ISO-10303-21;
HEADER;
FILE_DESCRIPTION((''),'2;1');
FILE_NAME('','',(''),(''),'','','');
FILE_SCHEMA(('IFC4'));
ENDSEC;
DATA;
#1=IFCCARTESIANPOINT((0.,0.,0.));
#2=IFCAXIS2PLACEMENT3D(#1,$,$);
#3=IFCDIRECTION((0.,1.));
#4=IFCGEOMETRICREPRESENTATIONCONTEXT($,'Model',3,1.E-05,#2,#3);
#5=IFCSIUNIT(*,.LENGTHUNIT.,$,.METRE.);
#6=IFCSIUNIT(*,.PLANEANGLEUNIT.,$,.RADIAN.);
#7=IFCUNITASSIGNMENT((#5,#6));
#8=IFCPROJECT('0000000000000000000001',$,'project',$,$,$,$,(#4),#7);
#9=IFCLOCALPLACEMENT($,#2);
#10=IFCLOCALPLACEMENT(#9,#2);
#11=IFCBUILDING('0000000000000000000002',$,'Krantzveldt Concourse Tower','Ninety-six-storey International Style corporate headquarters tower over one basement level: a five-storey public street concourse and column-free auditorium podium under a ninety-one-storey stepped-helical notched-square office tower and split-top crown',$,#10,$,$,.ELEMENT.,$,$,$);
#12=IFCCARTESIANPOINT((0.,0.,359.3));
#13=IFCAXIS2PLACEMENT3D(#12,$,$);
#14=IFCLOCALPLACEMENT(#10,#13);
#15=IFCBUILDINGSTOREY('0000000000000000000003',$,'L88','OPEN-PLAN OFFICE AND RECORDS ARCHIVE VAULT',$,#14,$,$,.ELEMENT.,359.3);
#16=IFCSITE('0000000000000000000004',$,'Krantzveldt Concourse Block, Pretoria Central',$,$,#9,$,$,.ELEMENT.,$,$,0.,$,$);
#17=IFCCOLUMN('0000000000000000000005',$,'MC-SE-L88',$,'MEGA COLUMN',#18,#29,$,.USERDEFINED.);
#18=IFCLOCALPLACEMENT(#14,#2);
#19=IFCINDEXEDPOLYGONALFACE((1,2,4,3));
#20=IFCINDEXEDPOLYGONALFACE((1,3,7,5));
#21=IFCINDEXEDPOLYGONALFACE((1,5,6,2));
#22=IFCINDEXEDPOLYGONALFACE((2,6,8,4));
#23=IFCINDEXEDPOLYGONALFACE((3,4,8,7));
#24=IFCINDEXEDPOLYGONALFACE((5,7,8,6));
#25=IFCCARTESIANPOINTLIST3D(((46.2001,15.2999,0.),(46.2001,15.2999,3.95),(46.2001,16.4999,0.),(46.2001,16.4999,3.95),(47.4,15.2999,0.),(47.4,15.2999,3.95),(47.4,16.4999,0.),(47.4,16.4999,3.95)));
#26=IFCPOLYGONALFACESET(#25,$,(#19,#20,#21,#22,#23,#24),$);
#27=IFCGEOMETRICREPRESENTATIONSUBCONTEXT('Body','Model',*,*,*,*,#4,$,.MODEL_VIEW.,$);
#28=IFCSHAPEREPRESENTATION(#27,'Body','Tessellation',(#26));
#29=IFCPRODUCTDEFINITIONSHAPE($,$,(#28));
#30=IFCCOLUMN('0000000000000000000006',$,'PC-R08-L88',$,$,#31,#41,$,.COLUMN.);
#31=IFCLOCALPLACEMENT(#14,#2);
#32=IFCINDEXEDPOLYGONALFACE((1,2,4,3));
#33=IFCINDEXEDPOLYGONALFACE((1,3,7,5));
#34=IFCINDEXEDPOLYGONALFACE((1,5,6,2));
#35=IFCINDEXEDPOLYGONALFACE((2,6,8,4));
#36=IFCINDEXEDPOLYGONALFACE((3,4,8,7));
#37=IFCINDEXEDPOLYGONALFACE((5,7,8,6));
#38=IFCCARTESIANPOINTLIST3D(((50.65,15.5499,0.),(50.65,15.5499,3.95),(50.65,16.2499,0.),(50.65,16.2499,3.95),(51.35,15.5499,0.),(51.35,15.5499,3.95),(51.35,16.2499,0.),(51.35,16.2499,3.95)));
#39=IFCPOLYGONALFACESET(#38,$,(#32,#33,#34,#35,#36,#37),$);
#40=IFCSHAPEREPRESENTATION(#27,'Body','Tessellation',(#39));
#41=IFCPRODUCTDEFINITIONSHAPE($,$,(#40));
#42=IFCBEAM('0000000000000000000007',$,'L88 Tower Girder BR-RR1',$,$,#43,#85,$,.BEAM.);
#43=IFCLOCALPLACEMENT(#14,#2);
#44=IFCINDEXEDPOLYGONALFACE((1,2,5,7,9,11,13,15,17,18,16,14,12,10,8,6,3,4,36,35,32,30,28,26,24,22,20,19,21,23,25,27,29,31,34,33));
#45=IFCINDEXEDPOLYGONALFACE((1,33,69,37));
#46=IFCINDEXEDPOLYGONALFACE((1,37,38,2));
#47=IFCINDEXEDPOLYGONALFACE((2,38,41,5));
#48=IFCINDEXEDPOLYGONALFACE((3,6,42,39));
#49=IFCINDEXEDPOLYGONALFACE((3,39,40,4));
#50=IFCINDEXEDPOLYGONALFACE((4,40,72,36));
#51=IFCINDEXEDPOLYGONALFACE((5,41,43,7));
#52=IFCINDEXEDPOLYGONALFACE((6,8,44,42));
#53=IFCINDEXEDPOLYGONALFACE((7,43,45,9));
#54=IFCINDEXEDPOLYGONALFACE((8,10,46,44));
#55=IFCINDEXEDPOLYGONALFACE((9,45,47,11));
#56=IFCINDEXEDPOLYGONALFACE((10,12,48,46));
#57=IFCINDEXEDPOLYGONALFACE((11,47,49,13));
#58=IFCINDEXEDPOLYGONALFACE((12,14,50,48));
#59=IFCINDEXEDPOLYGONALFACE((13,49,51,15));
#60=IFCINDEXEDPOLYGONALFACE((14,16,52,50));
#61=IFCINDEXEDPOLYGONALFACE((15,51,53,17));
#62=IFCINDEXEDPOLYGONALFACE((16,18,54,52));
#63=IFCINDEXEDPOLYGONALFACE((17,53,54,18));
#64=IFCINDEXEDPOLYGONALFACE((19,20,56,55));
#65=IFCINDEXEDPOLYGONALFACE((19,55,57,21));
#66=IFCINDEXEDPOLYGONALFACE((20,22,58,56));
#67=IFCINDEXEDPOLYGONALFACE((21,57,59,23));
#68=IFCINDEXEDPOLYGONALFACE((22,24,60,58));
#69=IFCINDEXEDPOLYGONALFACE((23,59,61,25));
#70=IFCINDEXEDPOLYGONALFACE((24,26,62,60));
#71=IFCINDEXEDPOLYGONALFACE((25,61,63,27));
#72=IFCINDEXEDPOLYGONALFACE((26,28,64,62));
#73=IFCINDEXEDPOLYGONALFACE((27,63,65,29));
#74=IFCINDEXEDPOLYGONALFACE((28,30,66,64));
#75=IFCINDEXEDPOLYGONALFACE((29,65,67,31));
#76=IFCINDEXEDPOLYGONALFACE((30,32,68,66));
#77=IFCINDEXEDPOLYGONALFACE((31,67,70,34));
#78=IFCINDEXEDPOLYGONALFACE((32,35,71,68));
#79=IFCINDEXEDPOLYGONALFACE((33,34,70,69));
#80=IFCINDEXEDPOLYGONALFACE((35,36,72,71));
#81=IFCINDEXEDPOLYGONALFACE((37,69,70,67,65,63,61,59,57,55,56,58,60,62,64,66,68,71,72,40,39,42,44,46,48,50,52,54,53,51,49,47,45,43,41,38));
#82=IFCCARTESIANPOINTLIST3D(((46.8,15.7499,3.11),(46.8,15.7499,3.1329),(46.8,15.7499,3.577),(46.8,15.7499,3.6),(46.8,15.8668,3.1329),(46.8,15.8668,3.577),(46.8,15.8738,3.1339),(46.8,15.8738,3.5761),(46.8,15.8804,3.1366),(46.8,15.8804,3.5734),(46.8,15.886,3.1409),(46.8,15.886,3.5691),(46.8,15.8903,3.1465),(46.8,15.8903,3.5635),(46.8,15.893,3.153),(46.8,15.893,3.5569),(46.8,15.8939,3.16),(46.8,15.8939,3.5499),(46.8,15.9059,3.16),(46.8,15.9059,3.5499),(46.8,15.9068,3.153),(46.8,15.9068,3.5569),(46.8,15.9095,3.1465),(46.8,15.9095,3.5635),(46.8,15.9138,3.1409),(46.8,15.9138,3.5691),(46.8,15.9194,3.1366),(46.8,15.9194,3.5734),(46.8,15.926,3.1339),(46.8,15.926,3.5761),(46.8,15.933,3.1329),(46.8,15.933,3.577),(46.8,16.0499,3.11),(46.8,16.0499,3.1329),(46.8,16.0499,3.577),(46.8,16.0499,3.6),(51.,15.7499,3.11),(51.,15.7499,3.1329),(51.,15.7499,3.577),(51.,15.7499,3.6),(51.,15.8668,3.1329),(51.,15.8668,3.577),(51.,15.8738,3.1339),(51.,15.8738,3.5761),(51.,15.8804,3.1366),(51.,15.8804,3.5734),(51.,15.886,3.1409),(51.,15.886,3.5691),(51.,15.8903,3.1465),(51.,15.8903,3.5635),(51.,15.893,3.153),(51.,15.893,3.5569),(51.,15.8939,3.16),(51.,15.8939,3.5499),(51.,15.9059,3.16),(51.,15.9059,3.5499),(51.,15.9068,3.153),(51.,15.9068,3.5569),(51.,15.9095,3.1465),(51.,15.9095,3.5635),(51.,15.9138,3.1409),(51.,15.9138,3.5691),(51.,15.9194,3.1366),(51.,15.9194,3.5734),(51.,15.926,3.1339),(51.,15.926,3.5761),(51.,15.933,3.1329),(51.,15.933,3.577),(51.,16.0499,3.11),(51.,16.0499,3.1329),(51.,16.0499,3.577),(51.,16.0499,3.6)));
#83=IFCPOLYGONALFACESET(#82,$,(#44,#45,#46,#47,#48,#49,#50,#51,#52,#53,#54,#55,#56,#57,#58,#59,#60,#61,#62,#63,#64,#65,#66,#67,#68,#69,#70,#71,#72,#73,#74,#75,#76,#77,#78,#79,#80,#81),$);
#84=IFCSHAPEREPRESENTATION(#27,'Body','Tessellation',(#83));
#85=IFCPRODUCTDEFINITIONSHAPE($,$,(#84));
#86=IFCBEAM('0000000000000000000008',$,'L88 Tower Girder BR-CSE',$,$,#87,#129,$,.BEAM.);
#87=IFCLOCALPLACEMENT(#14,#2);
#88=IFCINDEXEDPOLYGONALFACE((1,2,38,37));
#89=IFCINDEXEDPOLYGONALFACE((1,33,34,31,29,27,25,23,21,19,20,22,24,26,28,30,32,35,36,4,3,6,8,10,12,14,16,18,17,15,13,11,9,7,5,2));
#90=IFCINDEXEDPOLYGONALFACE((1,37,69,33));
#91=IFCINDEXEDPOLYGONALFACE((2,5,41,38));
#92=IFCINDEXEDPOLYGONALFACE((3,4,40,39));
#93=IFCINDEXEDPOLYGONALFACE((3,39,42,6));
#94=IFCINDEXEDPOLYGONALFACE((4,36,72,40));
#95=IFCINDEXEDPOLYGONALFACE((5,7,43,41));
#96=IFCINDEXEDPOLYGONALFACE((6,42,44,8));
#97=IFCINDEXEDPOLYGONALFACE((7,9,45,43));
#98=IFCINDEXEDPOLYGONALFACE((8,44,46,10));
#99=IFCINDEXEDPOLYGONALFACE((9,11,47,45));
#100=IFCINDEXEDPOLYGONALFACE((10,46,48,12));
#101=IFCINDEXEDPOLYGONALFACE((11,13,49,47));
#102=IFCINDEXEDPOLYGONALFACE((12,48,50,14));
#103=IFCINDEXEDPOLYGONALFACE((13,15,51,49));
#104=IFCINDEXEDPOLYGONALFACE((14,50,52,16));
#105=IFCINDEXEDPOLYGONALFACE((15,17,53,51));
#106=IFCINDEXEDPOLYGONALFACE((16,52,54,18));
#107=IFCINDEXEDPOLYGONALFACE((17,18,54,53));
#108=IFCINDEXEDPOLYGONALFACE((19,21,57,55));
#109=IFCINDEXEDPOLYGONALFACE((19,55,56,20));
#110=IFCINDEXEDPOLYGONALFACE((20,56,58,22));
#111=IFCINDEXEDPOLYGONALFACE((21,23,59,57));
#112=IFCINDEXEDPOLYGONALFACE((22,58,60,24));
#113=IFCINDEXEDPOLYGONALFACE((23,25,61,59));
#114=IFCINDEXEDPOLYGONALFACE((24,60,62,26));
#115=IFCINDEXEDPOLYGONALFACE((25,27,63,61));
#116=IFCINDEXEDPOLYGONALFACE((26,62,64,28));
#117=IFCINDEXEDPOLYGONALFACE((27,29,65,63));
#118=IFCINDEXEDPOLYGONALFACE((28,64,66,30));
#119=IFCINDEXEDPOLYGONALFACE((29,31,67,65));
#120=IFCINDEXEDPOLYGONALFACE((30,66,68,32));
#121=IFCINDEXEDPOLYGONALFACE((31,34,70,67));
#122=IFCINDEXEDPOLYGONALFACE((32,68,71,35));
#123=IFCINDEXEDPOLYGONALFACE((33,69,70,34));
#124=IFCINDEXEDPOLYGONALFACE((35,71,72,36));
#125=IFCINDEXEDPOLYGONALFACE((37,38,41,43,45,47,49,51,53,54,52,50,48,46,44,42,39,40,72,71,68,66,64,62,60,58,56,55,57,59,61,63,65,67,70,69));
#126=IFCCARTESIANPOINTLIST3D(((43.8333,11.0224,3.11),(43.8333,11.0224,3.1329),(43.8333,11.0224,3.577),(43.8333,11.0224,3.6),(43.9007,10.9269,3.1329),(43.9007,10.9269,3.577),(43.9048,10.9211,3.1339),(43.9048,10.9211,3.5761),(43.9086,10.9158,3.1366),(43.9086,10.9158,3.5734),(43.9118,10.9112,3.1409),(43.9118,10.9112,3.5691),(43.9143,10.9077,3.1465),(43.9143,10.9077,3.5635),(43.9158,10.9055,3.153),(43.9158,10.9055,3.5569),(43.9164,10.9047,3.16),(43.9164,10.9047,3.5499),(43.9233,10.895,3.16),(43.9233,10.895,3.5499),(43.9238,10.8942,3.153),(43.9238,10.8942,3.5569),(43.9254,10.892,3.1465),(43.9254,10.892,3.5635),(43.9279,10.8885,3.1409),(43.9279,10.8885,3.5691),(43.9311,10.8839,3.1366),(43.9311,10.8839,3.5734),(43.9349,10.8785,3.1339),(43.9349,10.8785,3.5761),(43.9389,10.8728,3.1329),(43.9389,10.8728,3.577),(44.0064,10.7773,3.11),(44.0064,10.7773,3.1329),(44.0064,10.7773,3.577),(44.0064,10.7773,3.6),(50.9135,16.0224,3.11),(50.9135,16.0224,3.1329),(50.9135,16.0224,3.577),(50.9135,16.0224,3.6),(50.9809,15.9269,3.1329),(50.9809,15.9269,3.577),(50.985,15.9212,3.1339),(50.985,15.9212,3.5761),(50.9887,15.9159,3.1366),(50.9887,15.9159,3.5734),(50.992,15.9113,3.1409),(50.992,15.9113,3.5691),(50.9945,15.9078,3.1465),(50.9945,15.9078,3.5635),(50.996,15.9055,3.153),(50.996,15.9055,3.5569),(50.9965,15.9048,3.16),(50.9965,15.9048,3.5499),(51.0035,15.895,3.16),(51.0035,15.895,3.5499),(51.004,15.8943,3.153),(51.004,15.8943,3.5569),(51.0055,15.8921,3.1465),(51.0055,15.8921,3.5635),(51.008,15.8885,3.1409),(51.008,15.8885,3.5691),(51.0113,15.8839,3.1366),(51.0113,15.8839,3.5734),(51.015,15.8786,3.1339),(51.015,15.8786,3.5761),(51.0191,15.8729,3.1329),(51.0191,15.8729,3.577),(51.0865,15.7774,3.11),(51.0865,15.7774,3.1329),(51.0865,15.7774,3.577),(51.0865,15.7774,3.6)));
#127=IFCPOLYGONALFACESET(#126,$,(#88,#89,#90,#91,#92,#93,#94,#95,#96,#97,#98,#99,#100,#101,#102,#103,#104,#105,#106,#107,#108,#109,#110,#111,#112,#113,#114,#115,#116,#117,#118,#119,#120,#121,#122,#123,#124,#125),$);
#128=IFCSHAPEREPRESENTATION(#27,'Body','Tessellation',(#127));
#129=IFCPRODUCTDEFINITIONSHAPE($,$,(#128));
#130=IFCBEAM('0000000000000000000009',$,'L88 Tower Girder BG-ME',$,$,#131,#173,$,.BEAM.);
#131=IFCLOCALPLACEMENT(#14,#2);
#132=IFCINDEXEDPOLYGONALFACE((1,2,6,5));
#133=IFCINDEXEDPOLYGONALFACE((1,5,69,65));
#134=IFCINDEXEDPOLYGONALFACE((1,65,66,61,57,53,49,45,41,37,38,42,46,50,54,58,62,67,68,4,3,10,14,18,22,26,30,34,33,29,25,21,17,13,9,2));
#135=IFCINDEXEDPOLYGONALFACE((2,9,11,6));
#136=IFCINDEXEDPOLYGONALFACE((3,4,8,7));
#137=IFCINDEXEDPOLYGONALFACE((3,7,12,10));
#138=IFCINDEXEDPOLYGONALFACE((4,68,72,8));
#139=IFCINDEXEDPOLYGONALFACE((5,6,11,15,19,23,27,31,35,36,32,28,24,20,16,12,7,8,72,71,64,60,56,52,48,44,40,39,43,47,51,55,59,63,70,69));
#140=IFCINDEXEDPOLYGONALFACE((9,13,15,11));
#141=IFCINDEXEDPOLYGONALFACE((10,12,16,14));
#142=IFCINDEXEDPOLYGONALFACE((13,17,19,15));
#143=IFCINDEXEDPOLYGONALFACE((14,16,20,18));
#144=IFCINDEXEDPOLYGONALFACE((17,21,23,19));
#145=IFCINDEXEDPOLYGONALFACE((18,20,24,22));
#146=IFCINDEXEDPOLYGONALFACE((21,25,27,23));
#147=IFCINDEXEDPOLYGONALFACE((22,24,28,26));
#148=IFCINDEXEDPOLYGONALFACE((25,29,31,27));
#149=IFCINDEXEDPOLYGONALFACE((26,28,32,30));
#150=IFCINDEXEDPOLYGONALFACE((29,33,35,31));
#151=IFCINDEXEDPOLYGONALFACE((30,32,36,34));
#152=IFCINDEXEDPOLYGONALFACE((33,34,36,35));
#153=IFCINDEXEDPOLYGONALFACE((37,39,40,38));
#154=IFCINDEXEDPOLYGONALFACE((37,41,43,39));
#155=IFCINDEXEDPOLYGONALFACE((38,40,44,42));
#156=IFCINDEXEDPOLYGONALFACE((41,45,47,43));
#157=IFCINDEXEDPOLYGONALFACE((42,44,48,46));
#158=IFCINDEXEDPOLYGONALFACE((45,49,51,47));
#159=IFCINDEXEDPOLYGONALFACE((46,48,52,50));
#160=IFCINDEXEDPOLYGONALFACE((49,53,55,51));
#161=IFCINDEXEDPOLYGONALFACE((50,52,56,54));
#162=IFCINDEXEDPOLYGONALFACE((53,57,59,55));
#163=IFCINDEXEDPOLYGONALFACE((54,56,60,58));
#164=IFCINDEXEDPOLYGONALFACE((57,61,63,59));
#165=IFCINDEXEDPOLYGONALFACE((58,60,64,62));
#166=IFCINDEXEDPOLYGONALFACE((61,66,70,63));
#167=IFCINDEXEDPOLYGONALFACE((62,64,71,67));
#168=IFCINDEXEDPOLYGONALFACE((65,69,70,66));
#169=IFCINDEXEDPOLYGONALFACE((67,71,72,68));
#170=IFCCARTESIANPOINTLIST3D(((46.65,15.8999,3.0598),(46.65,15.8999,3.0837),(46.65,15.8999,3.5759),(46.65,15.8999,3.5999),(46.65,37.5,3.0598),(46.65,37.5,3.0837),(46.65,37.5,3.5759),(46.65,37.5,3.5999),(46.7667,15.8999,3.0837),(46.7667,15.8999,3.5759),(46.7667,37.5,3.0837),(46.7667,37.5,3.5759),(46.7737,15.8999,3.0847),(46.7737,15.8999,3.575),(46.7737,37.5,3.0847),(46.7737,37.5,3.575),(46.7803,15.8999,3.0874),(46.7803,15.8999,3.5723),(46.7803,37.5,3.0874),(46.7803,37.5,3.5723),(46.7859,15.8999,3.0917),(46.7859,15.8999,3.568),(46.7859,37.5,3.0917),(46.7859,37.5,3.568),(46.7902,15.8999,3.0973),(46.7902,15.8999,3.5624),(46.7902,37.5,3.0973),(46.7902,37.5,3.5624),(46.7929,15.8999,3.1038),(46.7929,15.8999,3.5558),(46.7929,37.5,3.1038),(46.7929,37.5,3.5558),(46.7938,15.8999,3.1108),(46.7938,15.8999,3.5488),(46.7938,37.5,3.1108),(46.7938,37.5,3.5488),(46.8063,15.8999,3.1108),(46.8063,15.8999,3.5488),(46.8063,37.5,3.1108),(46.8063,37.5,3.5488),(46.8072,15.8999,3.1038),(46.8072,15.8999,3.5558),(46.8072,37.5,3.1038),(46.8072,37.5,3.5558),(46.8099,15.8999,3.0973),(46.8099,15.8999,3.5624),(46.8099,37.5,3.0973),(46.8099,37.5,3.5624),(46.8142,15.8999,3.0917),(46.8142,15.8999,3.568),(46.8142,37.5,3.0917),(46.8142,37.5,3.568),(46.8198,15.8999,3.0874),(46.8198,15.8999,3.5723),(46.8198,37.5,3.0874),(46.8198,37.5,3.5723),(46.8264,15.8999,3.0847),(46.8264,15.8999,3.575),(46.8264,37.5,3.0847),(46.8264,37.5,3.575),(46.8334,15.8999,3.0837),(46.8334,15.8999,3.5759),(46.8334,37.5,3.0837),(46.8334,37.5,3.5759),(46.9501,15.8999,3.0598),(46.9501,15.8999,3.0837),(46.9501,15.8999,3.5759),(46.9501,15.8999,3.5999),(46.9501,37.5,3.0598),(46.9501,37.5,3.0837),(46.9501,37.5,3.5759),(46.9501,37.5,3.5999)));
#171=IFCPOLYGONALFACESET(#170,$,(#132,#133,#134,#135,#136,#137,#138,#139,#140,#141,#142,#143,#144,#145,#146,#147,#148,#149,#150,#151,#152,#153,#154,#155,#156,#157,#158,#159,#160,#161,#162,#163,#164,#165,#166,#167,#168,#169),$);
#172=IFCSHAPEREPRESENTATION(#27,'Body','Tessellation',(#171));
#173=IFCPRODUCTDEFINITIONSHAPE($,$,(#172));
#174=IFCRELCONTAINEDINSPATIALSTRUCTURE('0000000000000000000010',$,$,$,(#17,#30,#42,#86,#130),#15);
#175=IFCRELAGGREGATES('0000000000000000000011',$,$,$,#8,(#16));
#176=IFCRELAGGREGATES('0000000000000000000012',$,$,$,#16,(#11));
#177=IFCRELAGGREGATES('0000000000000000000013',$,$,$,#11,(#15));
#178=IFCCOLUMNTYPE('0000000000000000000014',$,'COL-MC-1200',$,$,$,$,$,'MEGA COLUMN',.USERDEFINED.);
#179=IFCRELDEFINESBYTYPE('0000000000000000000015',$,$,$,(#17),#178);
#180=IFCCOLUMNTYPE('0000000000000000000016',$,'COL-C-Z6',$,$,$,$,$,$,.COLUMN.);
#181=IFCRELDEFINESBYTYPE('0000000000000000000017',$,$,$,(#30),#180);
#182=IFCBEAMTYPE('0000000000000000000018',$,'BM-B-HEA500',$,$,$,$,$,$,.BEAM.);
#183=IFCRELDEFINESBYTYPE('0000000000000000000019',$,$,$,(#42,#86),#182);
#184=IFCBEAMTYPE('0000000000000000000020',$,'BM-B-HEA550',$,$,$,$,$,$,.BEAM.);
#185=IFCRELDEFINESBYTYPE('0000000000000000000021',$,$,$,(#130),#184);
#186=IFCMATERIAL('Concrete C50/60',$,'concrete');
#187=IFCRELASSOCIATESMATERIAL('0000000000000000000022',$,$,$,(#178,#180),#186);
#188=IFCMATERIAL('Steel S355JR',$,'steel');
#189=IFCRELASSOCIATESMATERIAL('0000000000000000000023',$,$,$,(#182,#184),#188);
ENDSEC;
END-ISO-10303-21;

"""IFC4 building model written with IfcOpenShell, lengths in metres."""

from ifc_helpers import new_model, si_unit, direction, frame, origin, origin_2d, place, context, subcontext, project, spatial, rectangle, i_section, extrude, source, transform, mapped, material, material_profile, profile_set, type_object, type_shapes, element, save


model = new_model("IFC4")

# Units and contexts
model_context = context("Model", 3, precision=1e-05, world=origin(), true_north=direction((0.0, 1.0)))
body_context = subcontext(model_context, "Body", "Model", "MODEL_VIEW")
ifc_project = project(units=[si_unit("LENGTHUNIT", "METRE"), si_unit("PLANEANGLEUNIT", "RADIAN")], contexts=[model_context])

# Site, building, storey
site_placement = place(None, origin())
site = spatial("IfcSite", under=ifc_project, at=site_placement, Name="Krantzveldt Concourse Block, Pretoria Central", CompositionType="ELEMENT", RefElevation=0.0)
building_placement = place(site_placement, origin())
building = spatial("IfcBuilding", under=site, at=building_placement, Name="Krantzveldt Concourse Tower", Description="Ninety-six-storey International Style corporate headquarters tower over one basement level: a five-storey public street concourse and column-free auditorium podium under a ninety-one-storey stepped-helical notched-square office tower and split-top crown", CompositionType="ELEMENT")
storey_placement = place(building_placement, frame((0.0, 0.0, 359.3)))
storey = spatial("IfcBuildingStorey", under=building, at=storey_placement, Name="L88", Description="OPEN-PLAN OFFICE AND RECORDS ARCHIVE VAULT", CompositionType="ELEMENT", Elevation=359.3)

# Columns
ifc_material_1 = material(Name="Concrete C50/60", Category="concrete")
ifc_material_profile_1 = material_profile(ifc_material_1, rectangle(XDim=1.2, YDim=1.2, at=origin_2d()), Name="Concrete C50/60", Category="concrete")
ifc_profile_set_1 = profile_set([ifc_material_profile_1], Name="Concrete C50/60 - RC 1200x1200")
column_type_1 = type_object("IfcColumnType", Name="COL-MC-1200", ElementType="MEGA COLUMN", PredefinedType="USERDEFINED", material=ifc_profile_set_1)
shared_shape_1 = source(origin(), body_context, "Body", "SweptSolid", [
    extrude(rectangle(XDim=1.2, YDim=1.2, at=origin_2d()), origin(), (0.0, 0.0, 1.0), 3.95),
])
type_shapes(column_type_1, [shared_shape_1])
column_1_placement = place(storey_placement, frame((46.8, 15.8999, 0.0), z_axis=(0.0, 0.0, 1.0), x_axis=(1.0, 0.0, 0.0)))
element("IfcColumn", 1, at=column_1_placement, inside=storey, type_object=column_type_1, Name="MC-SE-L88", ObjectType="MEGA COLUMN", PredefinedType="USERDEFINED", context=body_context, shape_type="MappedRepresentation", body=[
    mapped(shared_shape_1, transform((0.0, 0.0, 0.0), x_axis=(1.0, 0.0, 0.0), y_axis=(0.0, 1.0, 0.0), z_axis=(0.0, 0.0, 1.0), scale=1.0)),
])
ifc_material_profile_2 = material_profile(ifc_material_1, rectangle(XDim=0.7, YDim=0.7, at=origin_2d()), Name="Concrete C50/60", Category="concrete")
ifc_profile_set_2 = profile_set([ifc_material_profile_2], Name="Concrete C50/60 - RC 700x700")
column_type_2 = type_object("IfcColumnType", Name="COL-C-Z6", PredefinedType="COLUMN", material=ifc_profile_set_2)
shared_shape_2 = source(origin(), body_context, "Body", "SweptSolid", [
    extrude(rectangle(XDim=0.7, YDim=0.7, at=origin_2d()), origin(), (0.0, 0.0, 1.0), 3.95),
])
type_shapes(column_type_2, [shared_shape_2])
column_2_placement = place(storey_placement, frame((51.0, 15.8999, 0.0), z_axis=(0.0, 0.0, 1.0), x_axis=(1.0, 0.0, 0.0)))
element("IfcColumn", 2, at=column_2_placement, inside=storey, type_object=column_type_2, Name="PC-R08-L88", PredefinedType="COLUMN", context=body_context, shape_type="MappedRepresentation", body=[
    mapped(shared_shape_2, transform((0.0, 0.0, 0.0), x_axis=(1.0, 0.0, 0.0), y_axis=(0.0, 1.0, 0.0), z_axis=(0.0, 0.0, 1.0), scale=1.0)),
])

# Beams
ifc_material_2 = material(Name="Steel S355JR", Category="steel")
ifc_material_profile_3 = material_profile(ifc_material_2, i_section(OverallWidth=0.3, OverallDepth=0.49, WebThickness=0.012, FlangeThickness=0.0229, FilletRadius=0.0271, at=origin_2d()), Name="Steel S355JR", Category="steel")
ifc_profile_set_3 = profile_set([ifc_material_profile_3], Name="Steel S355JR - HEA 500")
beam_type_1 = type_object("IfcBeamType", Name="BM-B-HEA500", PredefinedType="BEAM", material=ifc_profile_set_3)
shared_shape_3 = source(origin(), body_context, "Body", "SweptSolid", [
    extrude(i_section(OverallWidth=0.3, OverallDepth=0.49, WebThickness=0.012, FlangeThickness=0.0229, FilletRadius=0.0271, at=origin_2d()), origin(), (0.0, 0.0, 1.0), 4.2),
])
beam_1_placement = place(storey_placement, frame((46.8, 15.8999, 3.355), z_axis=(1.0, 0.0, 0.0), x_axis=(0.0, 1.0, 0.0)))
element("IfcBeam", 3, at=beam_1_placement, inside=storey, type_object=beam_type_1, Name="L88 Tower Girder BR-RR1", PredefinedType="BEAM", context=body_context, shape_type="MappedRepresentation", body=[
    mapped(shared_shape_3, transform((0.0, 0.0, 0.0), x_axis=(1.0, 0.0, 0.0), y_axis=(0.0, 1.0, 0.0), z_axis=(0.0, 0.0, 1.0), scale=1.0)),
])
shared_shape_4 = source(origin(), body_context, "Body", "SweptSolid", [
    extrude(i_section(OverallWidth=0.3, OverallDepth=0.49, WebThickness=0.012, FlangeThickness=0.0229, FilletRadius=0.0271, at=origin_2d()), origin(), (0.0, 0.0, 1.0), 8.6677),
])
type_shapes(beam_type_1, [shared_shape_3, shared_shape_4])
beam_2_placement = place(storey_placement, frame((51.0, 15.8999, 3.355), z_axis=(-0.816843, -0.57686, 0.0), x_axis=(0.57686, -0.816843, 0.0)))
element("IfcBeam", 4, at=beam_2_placement, inside=storey, type_object=beam_type_1, Name="L88 Tower Girder BR-CSE", PredefinedType="BEAM", context=body_context, shape_type="MappedRepresentation", body=[
    mapped(shared_shape_4, transform((0.0, 0.0, 0.0), x_axis=(1.0, 0.0, 0.0), y_axis=(0.0, 1.0, 0.0), z_axis=(0.0, 0.0, 1.0), scale=1.0)),
])
ifc_material_profile_4 = material_profile(ifc_material_2, i_section(OverallWidth=0.3, OverallDepth=0.54, WebThickness=0.0125, FlangeThickness=0.0239, FilletRadius=0.0271, at=origin_2d()), Name="Steel S355JR", Category="steel")
ifc_profile_set_4 = profile_set([ifc_material_profile_4], Name="Steel S355JR - HEA 550")
beam_type_2 = type_object("IfcBeamType", Name="BM-B-HEA550", PredefinedType="BEAM", material=ifc_profile_set_4)
shared_shape_5 = source(origin(), body_context, "Body", "SweptSolid", [
    extrude(i_section(OverallWidth=0.3, OverallDepth=0.54, WebThickness=0.0125, FlangeThickness=0.0239, FilletRadius=0.0271, at=origin_2d()), origin(), (0.0, 0.0, 1.0), 21.6001),
])
beam_3_placement = place(storey_placement, frame((46.8, 15.8999, 3.3298), z_axis=(0.0, 1.0, 0.0), x_axis=(-1.0, 0.0, 0.0)))
element("IfcBeam", 5, at=beam_3_placement, inside=storey, type_object=beam_type_2, Name="L88 Tower Girder BG-ME", PredefinedType="BEAM", context=body_context, shape_type="MappedRepresentation", body=[
    mapped(shared_shape_5, transform((0.0, 0.0, 0.0), x_axis=(1.0, 0.0, 0.0), y_axis=(0.0, 1.0, 0.0), z_axis=(0.0, 0.0, 1.0), scale=1.0)),
])

save(model, "model.ifc")
